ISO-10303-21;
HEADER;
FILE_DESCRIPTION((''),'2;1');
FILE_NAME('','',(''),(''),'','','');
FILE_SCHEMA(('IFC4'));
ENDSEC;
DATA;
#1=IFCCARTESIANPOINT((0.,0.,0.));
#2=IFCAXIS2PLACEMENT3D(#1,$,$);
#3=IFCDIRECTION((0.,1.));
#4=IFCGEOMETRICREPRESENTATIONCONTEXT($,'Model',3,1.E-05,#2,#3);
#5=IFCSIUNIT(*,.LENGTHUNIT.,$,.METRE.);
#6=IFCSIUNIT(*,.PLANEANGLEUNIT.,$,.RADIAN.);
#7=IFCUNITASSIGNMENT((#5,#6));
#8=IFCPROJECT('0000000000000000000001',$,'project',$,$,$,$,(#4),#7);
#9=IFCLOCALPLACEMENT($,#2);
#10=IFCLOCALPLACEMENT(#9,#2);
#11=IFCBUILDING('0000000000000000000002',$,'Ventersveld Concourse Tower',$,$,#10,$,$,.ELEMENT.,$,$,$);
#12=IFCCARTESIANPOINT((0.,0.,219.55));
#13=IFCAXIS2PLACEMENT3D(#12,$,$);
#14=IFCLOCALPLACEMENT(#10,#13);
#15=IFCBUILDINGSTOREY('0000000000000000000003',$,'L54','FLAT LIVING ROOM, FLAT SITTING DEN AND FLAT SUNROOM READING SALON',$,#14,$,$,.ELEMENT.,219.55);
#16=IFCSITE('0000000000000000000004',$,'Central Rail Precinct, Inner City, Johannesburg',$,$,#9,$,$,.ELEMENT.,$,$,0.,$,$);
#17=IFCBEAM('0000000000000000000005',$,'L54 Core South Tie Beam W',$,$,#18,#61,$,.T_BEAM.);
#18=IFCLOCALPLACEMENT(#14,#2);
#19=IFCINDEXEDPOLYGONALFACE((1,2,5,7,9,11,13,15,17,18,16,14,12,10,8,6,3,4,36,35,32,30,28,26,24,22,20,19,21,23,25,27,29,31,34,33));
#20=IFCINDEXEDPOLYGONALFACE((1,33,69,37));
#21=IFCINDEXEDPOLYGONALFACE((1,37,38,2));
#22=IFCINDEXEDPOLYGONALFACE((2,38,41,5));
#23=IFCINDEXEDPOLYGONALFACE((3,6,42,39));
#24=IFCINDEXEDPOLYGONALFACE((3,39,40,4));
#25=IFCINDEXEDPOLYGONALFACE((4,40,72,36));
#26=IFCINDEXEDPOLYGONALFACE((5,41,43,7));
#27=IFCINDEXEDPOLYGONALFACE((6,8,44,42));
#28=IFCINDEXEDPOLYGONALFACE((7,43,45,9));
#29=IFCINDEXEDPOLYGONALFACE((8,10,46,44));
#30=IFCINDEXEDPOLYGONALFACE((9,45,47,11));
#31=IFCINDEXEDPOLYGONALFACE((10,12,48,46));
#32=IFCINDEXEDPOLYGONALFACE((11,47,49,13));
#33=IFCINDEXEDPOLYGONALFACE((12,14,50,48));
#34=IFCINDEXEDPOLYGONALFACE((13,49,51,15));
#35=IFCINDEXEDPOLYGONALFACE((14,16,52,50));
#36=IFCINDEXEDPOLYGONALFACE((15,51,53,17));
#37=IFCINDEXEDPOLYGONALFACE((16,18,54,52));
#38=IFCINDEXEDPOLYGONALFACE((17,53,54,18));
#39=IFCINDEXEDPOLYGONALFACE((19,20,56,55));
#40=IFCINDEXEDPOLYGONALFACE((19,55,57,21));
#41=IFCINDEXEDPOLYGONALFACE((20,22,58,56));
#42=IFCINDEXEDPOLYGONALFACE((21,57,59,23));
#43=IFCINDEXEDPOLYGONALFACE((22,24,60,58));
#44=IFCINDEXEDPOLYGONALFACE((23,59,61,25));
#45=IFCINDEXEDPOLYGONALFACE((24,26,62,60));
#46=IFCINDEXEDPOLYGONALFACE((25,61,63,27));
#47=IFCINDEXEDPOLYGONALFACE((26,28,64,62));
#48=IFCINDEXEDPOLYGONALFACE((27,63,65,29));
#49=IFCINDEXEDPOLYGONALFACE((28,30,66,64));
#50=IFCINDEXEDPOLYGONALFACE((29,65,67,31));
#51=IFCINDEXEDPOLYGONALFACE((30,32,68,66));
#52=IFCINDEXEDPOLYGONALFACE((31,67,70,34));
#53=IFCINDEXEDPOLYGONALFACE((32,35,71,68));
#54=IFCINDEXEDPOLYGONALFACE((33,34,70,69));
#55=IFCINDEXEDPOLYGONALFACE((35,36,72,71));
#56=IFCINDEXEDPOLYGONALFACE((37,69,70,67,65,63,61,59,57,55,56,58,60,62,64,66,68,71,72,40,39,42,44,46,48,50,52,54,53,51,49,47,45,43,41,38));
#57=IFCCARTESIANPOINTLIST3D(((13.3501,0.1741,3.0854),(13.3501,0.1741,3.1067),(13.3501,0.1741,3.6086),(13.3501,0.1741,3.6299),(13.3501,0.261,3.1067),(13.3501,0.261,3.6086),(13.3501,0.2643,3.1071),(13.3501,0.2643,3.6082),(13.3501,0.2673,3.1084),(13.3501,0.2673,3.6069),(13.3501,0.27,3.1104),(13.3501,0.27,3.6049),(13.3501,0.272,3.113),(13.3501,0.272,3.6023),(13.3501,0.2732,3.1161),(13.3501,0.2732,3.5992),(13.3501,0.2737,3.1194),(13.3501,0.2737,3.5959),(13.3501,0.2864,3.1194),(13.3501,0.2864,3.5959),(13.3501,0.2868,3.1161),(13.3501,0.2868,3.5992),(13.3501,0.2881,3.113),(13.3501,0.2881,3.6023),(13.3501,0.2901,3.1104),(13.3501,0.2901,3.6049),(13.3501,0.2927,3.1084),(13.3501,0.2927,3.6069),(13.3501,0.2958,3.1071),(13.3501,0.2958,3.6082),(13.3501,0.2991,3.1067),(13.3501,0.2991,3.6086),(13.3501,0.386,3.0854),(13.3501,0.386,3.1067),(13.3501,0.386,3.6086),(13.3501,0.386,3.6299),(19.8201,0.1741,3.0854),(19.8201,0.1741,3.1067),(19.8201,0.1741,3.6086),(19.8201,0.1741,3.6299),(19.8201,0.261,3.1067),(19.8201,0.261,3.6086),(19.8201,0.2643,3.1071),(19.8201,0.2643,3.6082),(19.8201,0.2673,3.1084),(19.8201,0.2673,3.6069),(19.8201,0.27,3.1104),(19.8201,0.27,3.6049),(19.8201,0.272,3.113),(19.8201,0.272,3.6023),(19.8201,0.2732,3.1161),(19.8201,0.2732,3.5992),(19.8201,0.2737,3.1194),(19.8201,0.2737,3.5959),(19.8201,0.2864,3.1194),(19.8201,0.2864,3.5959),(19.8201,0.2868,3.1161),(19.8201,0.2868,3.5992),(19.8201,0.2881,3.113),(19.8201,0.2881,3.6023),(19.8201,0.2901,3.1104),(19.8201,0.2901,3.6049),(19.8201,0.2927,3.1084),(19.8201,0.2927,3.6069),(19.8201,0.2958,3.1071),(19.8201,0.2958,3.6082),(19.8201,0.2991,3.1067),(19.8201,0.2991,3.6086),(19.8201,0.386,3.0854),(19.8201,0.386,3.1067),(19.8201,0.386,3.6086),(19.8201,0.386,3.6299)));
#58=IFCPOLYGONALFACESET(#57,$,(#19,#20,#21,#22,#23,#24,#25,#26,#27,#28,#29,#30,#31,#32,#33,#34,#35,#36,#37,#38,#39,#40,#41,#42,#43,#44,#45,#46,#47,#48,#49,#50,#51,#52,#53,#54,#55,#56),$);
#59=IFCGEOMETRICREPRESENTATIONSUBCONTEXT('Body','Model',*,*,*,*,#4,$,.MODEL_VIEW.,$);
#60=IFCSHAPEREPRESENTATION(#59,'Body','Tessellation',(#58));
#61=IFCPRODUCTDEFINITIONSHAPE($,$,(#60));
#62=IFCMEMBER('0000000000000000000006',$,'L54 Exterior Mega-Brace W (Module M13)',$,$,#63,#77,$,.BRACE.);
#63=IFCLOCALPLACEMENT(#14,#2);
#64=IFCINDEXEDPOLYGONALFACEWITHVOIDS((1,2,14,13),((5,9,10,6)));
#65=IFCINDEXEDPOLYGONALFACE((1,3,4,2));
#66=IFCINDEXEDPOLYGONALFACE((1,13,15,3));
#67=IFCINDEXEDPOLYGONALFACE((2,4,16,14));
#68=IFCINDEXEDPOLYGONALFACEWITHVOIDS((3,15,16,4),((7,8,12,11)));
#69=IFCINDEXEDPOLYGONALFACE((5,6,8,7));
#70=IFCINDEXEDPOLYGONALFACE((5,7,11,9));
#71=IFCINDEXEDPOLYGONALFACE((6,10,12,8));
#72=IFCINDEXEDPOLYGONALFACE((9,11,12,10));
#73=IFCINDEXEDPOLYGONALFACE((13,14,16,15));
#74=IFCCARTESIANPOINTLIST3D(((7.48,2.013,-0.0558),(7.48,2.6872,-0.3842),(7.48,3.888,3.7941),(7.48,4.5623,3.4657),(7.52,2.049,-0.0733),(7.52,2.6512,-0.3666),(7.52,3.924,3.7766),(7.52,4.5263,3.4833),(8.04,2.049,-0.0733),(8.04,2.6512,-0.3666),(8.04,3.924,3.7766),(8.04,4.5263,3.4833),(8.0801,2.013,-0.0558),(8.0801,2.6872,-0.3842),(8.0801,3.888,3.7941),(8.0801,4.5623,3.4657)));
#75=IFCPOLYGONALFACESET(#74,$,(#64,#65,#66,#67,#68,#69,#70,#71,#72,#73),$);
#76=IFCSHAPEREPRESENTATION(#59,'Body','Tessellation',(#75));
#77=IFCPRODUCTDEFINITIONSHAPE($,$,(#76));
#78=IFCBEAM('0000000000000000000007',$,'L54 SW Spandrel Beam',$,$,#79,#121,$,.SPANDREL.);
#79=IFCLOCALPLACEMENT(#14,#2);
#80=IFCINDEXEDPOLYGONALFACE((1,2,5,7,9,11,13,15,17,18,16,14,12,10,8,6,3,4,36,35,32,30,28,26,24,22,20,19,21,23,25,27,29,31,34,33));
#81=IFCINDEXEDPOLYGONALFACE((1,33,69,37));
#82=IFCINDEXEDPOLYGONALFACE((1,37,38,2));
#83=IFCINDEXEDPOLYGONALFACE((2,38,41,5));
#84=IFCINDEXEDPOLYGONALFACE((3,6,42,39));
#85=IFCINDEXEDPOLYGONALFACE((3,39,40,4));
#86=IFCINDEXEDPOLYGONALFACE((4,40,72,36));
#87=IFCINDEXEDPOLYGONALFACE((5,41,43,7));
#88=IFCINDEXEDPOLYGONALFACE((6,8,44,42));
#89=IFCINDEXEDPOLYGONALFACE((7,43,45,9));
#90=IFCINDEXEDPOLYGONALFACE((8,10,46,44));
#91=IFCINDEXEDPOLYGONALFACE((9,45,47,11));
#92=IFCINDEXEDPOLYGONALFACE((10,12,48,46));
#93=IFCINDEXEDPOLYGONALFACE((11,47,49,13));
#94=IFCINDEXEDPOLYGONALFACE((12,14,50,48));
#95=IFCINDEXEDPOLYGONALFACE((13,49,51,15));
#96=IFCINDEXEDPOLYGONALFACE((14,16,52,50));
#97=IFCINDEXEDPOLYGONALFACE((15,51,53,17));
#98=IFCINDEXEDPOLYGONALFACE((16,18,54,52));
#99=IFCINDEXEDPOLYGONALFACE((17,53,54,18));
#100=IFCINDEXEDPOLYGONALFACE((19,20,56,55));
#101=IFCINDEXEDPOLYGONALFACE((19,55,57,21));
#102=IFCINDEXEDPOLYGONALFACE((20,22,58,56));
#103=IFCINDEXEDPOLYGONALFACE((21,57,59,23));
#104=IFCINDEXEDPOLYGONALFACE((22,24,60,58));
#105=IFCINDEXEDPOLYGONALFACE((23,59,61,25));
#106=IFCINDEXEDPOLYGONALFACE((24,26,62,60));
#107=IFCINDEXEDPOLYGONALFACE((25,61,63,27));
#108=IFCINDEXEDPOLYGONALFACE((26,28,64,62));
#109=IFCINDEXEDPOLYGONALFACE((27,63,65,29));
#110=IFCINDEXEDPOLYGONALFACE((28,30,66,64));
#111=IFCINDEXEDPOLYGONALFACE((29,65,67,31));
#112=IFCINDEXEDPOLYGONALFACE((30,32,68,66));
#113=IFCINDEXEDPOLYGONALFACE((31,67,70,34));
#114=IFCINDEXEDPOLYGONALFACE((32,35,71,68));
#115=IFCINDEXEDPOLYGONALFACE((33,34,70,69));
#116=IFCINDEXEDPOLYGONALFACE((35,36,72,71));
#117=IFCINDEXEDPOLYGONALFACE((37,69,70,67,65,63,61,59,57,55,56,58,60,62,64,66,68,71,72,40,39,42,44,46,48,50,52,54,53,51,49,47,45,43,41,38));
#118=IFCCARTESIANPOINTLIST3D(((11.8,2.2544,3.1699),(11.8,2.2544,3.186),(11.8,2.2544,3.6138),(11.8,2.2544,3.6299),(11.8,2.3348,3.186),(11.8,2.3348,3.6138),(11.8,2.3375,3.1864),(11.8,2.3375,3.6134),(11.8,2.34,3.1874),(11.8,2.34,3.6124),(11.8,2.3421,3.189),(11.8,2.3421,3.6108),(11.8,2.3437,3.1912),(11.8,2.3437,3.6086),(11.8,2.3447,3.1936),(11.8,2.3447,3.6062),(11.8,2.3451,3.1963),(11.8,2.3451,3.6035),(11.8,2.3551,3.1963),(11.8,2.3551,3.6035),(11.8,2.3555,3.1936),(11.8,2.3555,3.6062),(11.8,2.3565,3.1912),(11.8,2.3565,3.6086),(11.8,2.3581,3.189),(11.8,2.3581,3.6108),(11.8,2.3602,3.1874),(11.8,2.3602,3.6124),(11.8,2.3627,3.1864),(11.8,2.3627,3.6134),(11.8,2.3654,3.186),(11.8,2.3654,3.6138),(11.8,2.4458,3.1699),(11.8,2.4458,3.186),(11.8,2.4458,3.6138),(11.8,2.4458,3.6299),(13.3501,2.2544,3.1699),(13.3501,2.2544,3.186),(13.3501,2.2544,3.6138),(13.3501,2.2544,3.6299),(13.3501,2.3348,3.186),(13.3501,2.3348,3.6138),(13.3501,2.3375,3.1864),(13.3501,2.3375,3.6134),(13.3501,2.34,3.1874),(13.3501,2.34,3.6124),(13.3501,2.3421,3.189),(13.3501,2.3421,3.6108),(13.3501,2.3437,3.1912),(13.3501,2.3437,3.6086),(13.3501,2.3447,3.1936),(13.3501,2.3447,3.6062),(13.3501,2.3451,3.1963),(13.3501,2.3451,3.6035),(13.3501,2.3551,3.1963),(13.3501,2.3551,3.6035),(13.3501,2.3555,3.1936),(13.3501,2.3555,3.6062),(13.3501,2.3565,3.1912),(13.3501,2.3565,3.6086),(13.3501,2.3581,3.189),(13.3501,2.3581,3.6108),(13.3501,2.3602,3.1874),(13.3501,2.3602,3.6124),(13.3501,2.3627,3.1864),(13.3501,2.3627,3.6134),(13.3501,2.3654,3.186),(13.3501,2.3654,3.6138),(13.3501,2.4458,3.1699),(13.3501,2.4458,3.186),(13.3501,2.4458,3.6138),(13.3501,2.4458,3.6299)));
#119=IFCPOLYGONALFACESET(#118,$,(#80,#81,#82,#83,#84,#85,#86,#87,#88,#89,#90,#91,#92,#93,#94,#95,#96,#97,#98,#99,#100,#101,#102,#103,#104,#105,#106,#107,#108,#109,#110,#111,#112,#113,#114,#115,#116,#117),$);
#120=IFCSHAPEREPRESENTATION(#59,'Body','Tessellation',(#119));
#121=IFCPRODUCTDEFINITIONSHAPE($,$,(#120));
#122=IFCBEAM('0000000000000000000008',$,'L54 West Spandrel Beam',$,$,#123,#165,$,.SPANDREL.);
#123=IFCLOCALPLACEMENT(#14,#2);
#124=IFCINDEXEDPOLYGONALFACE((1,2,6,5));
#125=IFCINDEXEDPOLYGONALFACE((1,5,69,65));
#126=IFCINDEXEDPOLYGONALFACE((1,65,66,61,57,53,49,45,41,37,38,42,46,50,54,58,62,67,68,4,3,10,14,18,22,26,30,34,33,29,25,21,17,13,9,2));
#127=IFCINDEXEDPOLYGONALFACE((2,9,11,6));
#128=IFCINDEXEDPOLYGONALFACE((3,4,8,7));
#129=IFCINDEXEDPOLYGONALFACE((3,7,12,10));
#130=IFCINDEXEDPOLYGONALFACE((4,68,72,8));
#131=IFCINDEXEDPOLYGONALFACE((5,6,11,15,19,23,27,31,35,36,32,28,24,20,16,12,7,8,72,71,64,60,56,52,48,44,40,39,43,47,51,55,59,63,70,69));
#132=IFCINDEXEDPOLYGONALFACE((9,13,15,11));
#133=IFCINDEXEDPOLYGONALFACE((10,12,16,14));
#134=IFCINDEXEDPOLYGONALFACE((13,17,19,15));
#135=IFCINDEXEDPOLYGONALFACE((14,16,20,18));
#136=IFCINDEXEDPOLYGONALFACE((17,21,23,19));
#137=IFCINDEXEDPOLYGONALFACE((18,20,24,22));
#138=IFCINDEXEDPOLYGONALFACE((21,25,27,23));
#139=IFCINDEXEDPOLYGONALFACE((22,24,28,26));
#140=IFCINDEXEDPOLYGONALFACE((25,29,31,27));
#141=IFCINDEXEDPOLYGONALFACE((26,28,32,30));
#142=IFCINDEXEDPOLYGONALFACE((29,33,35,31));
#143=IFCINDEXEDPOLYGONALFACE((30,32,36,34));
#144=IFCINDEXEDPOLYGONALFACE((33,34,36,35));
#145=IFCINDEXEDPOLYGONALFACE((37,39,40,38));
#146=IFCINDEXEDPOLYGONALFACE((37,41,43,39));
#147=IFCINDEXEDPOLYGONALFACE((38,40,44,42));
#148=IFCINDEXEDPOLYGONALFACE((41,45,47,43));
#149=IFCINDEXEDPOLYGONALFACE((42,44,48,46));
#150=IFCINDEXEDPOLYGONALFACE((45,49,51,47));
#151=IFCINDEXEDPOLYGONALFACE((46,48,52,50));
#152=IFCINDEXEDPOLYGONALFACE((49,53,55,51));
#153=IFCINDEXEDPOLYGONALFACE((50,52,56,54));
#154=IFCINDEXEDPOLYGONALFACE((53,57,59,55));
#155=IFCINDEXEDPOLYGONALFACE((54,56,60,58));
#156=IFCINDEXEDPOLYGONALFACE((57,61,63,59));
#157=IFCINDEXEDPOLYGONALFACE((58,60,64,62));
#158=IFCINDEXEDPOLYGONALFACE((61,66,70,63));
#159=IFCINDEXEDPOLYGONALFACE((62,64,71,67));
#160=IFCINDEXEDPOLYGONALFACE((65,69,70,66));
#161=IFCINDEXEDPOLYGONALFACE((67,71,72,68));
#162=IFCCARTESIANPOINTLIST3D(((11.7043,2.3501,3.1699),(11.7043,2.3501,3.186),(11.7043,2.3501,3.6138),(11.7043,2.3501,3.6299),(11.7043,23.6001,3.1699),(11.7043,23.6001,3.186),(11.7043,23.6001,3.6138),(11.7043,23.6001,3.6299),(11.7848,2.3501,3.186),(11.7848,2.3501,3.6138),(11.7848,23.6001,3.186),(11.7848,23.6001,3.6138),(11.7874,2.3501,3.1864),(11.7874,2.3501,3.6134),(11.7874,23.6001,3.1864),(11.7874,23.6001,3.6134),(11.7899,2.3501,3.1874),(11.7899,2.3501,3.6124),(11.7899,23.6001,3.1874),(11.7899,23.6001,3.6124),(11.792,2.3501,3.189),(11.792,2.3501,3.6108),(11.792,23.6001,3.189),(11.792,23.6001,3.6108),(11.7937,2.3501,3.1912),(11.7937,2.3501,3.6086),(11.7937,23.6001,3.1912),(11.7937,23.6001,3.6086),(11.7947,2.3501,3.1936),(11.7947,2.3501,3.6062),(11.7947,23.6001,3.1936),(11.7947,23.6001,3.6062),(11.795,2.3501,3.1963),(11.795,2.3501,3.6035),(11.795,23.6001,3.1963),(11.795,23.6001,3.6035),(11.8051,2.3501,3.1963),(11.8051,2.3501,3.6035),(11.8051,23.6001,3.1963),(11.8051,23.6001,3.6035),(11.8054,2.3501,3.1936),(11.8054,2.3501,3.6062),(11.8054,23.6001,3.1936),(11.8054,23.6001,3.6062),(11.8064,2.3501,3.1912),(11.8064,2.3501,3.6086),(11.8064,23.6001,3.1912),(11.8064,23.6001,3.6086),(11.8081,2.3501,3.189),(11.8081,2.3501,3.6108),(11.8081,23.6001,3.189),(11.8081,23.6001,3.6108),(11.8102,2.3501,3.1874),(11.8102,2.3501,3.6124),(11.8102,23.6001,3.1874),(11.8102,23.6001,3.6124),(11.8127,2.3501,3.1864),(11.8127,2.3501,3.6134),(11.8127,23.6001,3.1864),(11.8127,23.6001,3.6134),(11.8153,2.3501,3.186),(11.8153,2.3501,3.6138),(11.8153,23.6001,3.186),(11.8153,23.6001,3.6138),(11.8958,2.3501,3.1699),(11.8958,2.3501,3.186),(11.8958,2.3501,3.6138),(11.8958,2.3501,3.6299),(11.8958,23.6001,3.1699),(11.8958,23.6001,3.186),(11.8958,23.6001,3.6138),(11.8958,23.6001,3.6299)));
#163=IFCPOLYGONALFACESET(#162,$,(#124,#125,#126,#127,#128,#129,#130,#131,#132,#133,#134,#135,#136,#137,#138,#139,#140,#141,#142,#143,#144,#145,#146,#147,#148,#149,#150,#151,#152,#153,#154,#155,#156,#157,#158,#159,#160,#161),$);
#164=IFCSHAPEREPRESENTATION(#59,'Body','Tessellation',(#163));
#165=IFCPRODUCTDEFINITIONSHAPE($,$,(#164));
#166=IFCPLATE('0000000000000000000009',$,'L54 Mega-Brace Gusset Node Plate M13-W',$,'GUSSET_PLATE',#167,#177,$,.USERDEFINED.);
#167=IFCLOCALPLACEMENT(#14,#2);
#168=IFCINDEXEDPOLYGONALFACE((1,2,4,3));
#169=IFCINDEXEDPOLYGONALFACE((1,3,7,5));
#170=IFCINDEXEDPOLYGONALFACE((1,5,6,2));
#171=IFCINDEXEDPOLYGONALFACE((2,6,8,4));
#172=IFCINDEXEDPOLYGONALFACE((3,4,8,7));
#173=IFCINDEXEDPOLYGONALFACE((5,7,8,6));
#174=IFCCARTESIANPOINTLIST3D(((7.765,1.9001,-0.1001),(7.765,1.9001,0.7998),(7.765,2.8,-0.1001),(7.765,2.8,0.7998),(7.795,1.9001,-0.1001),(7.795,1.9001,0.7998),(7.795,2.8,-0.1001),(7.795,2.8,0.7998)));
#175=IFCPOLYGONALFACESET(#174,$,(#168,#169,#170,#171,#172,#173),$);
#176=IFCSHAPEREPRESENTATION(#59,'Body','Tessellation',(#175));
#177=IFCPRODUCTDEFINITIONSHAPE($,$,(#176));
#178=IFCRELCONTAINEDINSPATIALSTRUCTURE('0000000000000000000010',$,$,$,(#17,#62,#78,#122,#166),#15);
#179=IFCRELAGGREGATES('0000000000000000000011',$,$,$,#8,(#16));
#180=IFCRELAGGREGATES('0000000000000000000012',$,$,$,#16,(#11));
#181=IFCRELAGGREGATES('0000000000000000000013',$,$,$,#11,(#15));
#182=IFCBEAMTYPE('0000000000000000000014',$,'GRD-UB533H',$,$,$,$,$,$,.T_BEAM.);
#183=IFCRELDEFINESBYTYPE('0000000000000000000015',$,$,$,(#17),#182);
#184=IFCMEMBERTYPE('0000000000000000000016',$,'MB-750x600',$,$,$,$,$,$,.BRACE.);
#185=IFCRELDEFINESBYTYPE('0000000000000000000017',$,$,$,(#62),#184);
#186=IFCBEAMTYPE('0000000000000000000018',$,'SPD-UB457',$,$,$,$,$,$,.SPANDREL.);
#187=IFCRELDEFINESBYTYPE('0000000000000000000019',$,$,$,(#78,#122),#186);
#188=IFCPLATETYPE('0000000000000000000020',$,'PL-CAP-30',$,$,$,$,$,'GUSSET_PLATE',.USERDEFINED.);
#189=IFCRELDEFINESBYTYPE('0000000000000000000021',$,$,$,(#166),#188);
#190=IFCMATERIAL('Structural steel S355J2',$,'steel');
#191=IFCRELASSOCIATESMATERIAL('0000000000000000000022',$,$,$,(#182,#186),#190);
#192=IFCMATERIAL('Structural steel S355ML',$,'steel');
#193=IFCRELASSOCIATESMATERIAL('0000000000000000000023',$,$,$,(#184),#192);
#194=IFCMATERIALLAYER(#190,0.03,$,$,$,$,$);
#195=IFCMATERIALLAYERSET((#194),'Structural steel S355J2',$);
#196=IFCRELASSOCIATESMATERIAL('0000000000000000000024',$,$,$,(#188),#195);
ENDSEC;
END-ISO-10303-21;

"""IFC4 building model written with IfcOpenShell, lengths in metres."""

from ifc_helpers import new_model, si_unit, direction, frame, origin, origin_2d, place, context, subcontext, project, spatial, rectangle, hollow_rectangle, i_section, extrude, material, layer, layer_set, material_profile, profile_set, type_object, element, save


model = new_model("IFC4")

# Units and contexts
model_context = context("Model", 3, precision=1e-05, world=origin(), true_north=direction((0.0, 1.0)))
body_context = subcontext(model_context, "Body", "Model", "MODEL_VIEW")
ifc_project = project(units=[si_unit("LENGTHUNIT", "METRE"), si_unit("PLANEANGLEUNIT", "RADIAN")], contexts=[model_context])

# Site, building, storey
site_placement = place(None, origin())
site = spatial("IfcSite", under=ifc_project, at=site_placement, Name="Central Rail Precinct, Inner City, Johannesburg", CompositionType="ELEMENT", RefElevation=0.0)
building_placement = place(site_placement, origin())
building = spatial("IfcBuilding", under=site, at=building_placement, Name="Ventersveld Concourse Tower", CompositionType="ELEMENT")
storey_placement = place(building_placement, frame((0.0, 0.0, 219.55)))
storey = spatial("IfcBuildingStorey", under=building, at=storey_placement, Name="L54", Description="FLAT LIVING ROOM, FLAT SITTING DEN AND FLAT SUNROOM READING SALON", CompositionType="ELEMENT", Elevation=219.55)

# Beam
ifc_material_1 = material(Name="Structural steel S355J2", Category="steel")
ifc_material_profile_1 = material_profile(ifc_material_1, i_section(OverallWidth=0.2119, OverallDepth=0.5444, WebThickness=0.0127, FlangeThickness=0.0212, FilletRadius=0.0127, at=origin_2d()), Name="UB 533x210x122")
ifc_profile_set_1 = profile_set([ifc_material_profile_1], Name="Structural steel S355J2")
beam_type_1 = type_object("IfcBeamType", Name="GRD-UB533H", PredefinedType="T_BEAM", material=ifc_profile_set_1)
beam_1_placement = place(storey_placement, frame((13.3501, 0.28, 3.3577), z_axis=(1.0, 0.0, 0.0), x_axis=(0.0, 1.0, 0.0)))
element("IfcBeam", 1, at=beam_1_placement, inside=storey, type_object=beam_type_1, Name="L54 Core South Tie Beam W", PredefinedType="T_BEAM", context=body_context, shape_type="SweptSolid", body=[
    extrude(i_section(OverallWidth=0.2119, OverallDepth=0.5444, WebThickness=0.0127, FlangeThickness=0.0212, FilletRadius=0.0127, at=origin_2d()), origin(), (0.0, 0.0, 1.0), 6.47),
])

# Member
ifc_material_2 = material(Name="Structural steel S355ML", Category="steel")
ifc_material_profile_2 = material_profile(ifc_material_2, hollow_rectangle(XDim=0.6001, YDim=0.75, WallThickness=0.04, at=origin_2d()), Name="BOX 750x600x40")
ifc_profile_set_2 = profile_set([ifc_material_profile_2], Name="Structural steel S355ML")
member_type = type_object("IfcMemberType", Name="MB-750x600", PredefinedType="BRACE", material=ifc_profile_set_2)
member_placement = place(storey_placement, frame((7.78, 2.3501, -0.22), z_axis=(0.0, 0.437862, 0.899042), x_axis=(-1.0, 0.0, 0.0)))
element("IfcMember", 2, at=member_placement, inside=storey, type_object=member_type, Name="L54 Exterior Mega-Brace W (Module M13)", PredefinedType="BRACE", context=body_context, shape_type="SweptSolid", body=[
    extrude(hollow_rectangle(XDim=0.6001, YDim=0.75, WallThickness=0.04, at=origin_2d()), origin(), (0.0, 0.0, 1.0), 4.2822),
])

# Beams
ifc_material_profile_3 = material_profile(ifc_material_1, i_section(OverallWidth=0.1914, OverallDepth=0.46, WebThickness=0.01, FlangeThickness=0.0161, FilletRadius=0.0103, at=origin_2d()), Name="UB 457x191x82")
ifc_profile_set_3 = profile_set([ifc_material_profile_3], Name="Structural steel S355J2")
beam_type_2 = type_object("IfcBeamType", Name="SPD-UB457", PredefinedType="SPANDREL", material=ifc_profile_set_3)
beam_2_placement = place(storey_placement, frame((11.8, 2.3501, 3.3999), z_axis=(1.0, 0.0, 0.0), x_axis=(0.0, 1.0, 0.0)))
element("IfcBeam", 3, at=beam_2_placement, inside=storey, type_object=beam_type_2, Name="L54 SW Spandrel Beam", PredefinedType="SPANDREL", context=body_context, shape_type="SweptSolid", body=[
    extrude(i_section(OverallWidth=0.1914, OverallDepth=0.46, WebThickness=0.01, FlangeThickness=0.0161, FilletRadius=0.0103, at=origin_2d()), origin(), (0.0, 0.0, 1.0), 1.55),
])
beam_3_placement = place(storey_placement, frame((11.8, 2.3501, 3.3999), z_axis=(0.0, 1.0, 0.0), x_axis=(-1.0, 0.0, 0.0)))
element("IfcBeam", 4, at=beam_3_placement, inside=storey, type_object=beam_type_2, Name="L54 West Spandrel Beam", PredefinedType="SPANDREL", context=body_context, shape_type="SweptSolid", body=[
    extrude(i_section(OverallWidth=0.1914, OverallDepth=0.46, WebThickness=0.01, FlangeThickness=0.0161, FilletRadius=0.0103, at=origin_2d()), origin(), (0.0, 0.0, 1.0), 21.25),
])

# Plate
ifc_layer_1 = layer(ifc_material_1, 0.03)
ifc_layer_set_1 = layer_set([ifc_layer_1], Name="Structural steel S355J2")
plate_type = type_object("IfcPlateType", Name="PL-CAP-30", ElementType="GUSSET_PLATE", PredefinedType="USERDEFINED", material=ifc_layer_set_1)
plate_placement = place(storey_placement, frame((7.78, 2.3501, -0.1001), z_axis=(0.0, 0.0, 1.0), x_axis=(0.0, 1.0, 0.0)))
element("IfcPlate", 5, at=plate_placement, inside=storey, type_object=plate_type, Name="L54 Mega-Brace Gusset Node Plate M13-W", ObjectType="GUSSET_PLATE", PredefinedType="USERDEFINED", context=body_context, shape_type="SweptSolid", body=[
    extrude(rectangle(XDim=0.8999, YDim=0.03, at=origin_2d()), origin(), (0.0, 0.0, 1.0), 0.8999),
])

save(model, "model.ifc")
